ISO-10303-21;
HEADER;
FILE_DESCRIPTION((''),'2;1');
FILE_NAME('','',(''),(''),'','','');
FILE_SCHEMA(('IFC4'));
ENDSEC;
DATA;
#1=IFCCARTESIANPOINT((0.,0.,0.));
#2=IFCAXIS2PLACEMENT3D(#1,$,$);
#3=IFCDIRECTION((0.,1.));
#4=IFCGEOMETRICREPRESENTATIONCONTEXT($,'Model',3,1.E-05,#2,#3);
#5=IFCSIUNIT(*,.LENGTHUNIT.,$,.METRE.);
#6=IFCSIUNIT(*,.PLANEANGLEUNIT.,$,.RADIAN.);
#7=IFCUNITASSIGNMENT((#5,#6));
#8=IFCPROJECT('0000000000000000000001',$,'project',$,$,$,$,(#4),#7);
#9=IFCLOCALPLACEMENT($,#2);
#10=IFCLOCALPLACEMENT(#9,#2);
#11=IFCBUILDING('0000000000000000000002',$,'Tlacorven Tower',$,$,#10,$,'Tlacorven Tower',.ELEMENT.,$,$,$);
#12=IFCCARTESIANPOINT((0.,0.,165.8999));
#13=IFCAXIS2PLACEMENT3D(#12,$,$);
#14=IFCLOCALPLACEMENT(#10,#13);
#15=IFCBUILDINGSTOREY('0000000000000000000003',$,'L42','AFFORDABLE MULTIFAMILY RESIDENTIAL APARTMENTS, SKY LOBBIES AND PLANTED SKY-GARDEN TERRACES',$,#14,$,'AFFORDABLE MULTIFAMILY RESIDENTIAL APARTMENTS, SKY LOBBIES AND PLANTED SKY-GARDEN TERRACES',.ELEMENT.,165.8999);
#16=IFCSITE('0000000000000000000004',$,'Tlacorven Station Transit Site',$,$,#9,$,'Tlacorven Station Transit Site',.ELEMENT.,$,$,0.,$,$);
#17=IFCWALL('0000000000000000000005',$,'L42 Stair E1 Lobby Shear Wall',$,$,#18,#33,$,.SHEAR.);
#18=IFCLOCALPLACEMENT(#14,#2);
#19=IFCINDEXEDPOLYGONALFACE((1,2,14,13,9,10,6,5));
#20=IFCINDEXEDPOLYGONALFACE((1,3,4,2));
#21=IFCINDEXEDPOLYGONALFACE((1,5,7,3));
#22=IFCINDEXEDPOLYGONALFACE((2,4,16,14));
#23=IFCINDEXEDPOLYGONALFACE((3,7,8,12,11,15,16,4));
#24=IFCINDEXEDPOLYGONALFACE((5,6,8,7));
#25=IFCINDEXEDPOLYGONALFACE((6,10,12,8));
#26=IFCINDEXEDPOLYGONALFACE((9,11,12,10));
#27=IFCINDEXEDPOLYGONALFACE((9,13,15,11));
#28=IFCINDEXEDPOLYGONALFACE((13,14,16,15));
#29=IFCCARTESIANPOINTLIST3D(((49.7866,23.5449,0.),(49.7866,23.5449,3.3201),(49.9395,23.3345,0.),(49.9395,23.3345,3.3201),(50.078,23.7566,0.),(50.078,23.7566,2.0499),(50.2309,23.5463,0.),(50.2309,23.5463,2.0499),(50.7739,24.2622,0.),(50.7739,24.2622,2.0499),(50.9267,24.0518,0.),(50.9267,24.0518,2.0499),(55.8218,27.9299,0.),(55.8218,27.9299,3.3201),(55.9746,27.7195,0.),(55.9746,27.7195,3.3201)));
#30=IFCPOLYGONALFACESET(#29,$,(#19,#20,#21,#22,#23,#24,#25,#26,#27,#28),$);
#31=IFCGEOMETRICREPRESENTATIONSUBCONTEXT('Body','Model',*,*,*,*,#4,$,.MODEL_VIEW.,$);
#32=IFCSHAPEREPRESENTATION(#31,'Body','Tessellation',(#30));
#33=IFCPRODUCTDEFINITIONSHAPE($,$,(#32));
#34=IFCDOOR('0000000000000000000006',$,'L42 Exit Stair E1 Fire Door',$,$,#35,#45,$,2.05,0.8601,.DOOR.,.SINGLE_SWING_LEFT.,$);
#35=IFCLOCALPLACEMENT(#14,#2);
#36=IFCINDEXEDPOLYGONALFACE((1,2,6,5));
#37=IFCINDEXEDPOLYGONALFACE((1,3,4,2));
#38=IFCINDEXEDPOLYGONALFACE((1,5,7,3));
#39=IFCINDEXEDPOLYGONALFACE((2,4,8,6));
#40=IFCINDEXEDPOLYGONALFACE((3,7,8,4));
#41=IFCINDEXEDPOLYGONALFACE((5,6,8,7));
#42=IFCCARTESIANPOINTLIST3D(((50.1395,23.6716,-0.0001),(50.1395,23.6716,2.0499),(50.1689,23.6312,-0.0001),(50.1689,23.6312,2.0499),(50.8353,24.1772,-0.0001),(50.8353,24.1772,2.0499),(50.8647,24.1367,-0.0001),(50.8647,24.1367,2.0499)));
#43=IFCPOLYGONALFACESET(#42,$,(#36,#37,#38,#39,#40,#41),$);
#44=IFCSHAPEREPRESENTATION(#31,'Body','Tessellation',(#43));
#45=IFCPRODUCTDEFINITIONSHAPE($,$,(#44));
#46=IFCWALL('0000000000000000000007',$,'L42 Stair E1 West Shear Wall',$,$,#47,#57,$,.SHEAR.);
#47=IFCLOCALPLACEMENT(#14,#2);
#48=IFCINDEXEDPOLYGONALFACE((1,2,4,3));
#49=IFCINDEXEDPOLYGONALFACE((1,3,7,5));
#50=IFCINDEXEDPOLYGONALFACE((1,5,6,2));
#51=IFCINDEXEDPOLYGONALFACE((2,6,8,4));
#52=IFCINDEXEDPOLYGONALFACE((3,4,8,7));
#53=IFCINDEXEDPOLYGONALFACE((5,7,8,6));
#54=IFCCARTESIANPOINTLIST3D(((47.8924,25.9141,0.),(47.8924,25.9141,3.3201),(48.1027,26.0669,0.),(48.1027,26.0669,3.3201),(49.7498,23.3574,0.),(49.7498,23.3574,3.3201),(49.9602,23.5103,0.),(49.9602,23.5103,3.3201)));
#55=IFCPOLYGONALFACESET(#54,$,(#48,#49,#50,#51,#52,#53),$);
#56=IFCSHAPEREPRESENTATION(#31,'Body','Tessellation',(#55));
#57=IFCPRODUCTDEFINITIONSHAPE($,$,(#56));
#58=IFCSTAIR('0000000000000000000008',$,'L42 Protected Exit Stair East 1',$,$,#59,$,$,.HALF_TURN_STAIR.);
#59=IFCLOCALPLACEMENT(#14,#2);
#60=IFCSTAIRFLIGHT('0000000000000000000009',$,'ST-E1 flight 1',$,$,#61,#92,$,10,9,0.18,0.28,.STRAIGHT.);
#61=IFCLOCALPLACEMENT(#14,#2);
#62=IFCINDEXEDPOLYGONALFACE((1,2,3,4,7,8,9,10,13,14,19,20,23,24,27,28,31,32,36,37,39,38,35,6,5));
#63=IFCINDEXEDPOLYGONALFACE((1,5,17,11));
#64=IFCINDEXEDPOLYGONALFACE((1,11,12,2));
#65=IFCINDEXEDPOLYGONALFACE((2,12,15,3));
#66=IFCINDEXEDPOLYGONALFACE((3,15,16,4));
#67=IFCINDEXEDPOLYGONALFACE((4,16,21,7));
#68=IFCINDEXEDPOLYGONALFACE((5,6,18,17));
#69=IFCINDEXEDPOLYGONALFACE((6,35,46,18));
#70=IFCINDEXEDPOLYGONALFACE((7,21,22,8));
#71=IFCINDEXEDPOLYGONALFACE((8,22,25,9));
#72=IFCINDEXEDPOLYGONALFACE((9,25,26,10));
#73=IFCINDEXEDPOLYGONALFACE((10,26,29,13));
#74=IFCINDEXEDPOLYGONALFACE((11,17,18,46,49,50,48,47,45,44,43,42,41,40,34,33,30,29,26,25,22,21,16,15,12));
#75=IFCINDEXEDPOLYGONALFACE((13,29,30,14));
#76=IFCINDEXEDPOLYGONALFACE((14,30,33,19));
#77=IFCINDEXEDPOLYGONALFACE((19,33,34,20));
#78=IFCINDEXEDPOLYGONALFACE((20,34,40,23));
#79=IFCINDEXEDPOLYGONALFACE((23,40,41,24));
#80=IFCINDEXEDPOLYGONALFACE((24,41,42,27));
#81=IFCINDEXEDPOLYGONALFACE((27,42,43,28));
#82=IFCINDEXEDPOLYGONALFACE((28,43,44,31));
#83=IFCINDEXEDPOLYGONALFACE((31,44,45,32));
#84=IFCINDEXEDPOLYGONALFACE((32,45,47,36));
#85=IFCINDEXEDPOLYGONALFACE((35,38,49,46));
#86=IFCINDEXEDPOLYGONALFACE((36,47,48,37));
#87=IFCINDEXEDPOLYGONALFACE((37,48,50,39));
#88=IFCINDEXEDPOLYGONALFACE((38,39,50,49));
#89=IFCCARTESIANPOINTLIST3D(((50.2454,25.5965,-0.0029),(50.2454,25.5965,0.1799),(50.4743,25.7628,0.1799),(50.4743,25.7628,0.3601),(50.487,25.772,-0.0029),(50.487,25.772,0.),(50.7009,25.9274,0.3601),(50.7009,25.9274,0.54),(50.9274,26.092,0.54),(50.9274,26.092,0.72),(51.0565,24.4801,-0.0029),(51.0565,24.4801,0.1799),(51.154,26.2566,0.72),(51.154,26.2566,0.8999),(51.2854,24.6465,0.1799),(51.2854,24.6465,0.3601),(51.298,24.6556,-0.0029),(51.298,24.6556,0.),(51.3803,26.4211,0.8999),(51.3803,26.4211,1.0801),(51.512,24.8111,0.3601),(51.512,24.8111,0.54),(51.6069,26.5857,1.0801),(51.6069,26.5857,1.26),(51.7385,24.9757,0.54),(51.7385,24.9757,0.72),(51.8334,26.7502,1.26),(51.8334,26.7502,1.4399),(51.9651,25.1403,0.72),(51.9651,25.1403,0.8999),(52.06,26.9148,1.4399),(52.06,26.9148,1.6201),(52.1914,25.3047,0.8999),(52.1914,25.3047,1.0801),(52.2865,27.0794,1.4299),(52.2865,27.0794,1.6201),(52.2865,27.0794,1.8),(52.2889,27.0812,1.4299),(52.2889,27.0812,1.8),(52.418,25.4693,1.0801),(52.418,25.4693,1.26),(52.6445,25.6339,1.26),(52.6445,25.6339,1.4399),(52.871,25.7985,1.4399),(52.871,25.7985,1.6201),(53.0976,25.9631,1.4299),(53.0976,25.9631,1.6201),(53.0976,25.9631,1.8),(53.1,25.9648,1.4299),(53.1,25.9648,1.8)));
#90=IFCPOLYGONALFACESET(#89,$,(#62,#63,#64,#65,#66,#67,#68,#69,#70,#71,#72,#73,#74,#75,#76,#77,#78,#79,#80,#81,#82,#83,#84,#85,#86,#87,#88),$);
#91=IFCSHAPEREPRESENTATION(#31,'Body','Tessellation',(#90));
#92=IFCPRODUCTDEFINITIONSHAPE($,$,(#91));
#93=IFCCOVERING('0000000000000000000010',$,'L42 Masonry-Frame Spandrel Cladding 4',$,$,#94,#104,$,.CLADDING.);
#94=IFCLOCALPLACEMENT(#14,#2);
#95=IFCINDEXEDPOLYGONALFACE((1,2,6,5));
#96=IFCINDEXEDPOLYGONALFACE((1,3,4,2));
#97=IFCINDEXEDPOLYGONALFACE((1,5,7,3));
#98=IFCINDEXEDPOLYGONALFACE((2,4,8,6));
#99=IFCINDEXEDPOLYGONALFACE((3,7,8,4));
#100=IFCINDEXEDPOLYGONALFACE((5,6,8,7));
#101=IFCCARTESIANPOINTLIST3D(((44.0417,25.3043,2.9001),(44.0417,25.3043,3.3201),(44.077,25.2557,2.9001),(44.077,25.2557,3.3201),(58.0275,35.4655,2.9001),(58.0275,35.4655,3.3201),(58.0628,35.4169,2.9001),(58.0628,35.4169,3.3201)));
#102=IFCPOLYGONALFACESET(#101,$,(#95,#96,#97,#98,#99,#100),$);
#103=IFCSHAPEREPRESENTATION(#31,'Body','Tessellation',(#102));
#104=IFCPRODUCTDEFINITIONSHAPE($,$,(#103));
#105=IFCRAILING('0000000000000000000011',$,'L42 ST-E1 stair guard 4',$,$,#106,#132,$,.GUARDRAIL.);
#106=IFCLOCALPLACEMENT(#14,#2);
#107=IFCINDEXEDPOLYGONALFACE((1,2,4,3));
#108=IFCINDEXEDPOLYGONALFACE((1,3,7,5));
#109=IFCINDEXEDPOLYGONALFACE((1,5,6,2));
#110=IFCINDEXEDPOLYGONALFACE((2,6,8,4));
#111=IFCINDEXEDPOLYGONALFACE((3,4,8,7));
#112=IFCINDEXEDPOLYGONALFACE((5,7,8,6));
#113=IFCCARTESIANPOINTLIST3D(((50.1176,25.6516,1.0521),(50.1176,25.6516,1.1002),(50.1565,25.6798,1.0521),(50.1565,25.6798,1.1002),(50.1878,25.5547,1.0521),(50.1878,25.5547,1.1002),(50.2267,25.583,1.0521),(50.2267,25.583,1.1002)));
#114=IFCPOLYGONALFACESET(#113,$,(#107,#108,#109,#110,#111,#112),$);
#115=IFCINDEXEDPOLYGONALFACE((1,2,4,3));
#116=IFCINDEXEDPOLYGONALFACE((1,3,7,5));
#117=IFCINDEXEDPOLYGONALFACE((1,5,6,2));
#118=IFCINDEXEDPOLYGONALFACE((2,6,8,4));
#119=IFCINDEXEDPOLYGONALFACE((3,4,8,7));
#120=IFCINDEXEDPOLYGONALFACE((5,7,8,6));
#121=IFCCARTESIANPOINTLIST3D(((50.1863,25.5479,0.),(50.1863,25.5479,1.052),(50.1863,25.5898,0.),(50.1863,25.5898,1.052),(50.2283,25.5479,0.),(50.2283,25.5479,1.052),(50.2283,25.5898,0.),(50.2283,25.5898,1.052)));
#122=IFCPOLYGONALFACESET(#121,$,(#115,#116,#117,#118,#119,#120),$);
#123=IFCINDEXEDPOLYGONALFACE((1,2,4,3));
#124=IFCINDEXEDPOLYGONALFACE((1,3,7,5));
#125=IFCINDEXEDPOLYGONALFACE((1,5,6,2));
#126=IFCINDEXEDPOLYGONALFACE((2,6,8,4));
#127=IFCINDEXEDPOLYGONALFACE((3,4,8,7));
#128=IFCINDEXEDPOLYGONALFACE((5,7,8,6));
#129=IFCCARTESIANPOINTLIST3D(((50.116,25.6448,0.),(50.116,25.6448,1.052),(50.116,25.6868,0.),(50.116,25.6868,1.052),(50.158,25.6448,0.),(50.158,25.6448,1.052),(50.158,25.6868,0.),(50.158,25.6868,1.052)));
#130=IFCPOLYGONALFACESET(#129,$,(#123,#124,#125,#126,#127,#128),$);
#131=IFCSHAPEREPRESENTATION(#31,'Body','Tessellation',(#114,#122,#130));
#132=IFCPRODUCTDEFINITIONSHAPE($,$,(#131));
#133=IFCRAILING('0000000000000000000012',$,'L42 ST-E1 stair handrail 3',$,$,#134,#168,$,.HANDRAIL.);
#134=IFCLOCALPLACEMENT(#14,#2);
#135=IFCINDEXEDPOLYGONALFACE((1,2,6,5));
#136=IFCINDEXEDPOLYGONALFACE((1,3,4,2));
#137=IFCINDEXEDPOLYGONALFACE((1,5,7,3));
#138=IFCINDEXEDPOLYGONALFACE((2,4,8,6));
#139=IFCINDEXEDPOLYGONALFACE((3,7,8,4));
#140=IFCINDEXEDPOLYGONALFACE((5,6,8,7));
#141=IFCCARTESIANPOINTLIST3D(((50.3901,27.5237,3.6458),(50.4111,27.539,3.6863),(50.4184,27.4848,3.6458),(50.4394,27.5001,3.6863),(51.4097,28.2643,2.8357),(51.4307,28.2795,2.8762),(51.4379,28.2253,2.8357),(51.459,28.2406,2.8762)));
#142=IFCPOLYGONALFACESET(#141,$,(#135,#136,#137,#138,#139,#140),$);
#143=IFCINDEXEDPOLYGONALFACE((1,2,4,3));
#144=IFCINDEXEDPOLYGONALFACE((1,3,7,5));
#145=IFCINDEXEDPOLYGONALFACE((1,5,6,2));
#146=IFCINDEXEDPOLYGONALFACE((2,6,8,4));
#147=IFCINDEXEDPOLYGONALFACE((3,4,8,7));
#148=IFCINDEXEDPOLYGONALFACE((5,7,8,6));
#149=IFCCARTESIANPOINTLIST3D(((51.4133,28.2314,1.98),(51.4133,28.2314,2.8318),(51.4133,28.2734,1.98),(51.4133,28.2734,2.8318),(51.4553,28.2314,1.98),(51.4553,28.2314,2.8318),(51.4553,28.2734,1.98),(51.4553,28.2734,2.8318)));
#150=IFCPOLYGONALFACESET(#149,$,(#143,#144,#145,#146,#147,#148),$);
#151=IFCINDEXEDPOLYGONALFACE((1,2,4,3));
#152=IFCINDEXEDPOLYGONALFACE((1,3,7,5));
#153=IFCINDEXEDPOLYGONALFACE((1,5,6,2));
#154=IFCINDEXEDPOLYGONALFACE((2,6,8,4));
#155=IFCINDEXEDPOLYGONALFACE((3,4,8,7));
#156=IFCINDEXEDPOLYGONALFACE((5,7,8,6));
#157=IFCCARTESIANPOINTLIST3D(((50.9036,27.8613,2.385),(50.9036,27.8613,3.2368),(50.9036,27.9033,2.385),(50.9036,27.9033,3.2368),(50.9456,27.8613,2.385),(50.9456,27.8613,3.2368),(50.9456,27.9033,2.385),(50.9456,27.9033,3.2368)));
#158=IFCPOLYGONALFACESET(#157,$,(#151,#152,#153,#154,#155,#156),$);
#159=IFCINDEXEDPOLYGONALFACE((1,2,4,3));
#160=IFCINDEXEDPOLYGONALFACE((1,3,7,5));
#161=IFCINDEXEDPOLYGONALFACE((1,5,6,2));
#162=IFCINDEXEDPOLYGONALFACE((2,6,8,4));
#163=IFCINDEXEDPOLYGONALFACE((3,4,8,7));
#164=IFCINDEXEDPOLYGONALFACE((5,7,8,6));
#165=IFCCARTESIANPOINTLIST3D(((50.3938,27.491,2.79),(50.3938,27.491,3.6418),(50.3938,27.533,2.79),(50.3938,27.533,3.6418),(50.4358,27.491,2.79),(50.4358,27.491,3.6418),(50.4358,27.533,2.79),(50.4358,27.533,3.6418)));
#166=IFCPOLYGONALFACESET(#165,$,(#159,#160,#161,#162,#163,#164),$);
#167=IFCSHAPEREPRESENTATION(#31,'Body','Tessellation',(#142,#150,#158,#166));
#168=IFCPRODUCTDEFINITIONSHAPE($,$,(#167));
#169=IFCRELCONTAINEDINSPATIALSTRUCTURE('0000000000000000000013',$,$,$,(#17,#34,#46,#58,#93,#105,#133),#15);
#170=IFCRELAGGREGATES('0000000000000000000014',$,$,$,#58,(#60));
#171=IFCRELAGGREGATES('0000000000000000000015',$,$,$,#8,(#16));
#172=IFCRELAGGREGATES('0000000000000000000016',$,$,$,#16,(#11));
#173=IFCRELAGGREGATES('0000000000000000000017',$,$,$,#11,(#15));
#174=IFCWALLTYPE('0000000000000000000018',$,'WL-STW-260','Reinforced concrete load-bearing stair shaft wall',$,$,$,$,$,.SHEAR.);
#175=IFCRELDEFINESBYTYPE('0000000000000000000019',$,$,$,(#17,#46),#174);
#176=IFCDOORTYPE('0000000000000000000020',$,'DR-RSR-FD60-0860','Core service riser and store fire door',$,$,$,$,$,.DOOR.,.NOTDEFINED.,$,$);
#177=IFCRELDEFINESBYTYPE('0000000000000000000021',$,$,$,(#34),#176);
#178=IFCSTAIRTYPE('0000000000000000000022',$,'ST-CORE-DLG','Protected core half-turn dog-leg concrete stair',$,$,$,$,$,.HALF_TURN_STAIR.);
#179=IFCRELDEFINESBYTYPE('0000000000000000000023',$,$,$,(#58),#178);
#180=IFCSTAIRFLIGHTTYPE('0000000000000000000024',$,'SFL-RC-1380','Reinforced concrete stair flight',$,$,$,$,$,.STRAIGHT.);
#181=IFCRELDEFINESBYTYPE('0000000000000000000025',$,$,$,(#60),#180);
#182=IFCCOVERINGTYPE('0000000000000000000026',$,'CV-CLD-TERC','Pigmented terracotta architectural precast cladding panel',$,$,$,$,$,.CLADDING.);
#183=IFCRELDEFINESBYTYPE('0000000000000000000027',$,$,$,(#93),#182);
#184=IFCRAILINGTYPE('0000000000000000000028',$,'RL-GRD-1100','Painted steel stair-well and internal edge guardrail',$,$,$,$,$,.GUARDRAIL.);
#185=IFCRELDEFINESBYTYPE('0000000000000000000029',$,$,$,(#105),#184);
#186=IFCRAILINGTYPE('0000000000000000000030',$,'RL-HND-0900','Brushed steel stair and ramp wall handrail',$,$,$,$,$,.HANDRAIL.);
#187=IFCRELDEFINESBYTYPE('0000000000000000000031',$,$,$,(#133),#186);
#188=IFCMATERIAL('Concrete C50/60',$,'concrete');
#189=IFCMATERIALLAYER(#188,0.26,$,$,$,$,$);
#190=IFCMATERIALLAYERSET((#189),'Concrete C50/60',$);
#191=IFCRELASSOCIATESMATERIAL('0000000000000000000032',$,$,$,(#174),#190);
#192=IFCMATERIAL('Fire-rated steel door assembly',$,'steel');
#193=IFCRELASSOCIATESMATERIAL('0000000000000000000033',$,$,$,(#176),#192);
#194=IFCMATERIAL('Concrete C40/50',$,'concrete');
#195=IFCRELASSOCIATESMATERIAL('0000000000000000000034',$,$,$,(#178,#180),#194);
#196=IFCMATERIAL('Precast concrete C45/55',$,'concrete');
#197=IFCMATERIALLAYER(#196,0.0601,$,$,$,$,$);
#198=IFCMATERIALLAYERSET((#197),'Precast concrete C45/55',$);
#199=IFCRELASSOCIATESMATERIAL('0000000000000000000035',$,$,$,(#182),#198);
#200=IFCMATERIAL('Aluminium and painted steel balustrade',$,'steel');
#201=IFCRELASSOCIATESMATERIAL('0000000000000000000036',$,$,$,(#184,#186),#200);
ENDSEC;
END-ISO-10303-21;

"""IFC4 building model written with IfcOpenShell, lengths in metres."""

from ifc_helpers import new_model, si_unit, direction, frame, frame_2d, origin, origin_2d, place, context, subcontext, project, spatial, polyline, rectangle, outline, extrude, source, transform, mapped, material, layer, layer_set, type_object, element, fill, aggregate, save


model = new_model("IFC4")

# Units and contexts
model_context = context("Model", 3, precision=1e-05, world=origin(), true_north=direction((0.0, 1.0)))
body_context = subcontext(model_context, "Body", "Model", "MODEL_VIEW")
ifc_project = project(units=[si_unit("LENGTHUNIT", "METRE"), si_unit("PLANEANGLEUNIT", "RADIAN")], contexts=[model_context])

# Site, building, storey
site_placement = place(None, origin())
site = spatial("IfcSite", under=ifc_project, at=site_placement, Name="Tlacorven Station Transit Site", LongName="Tlacorven Station Transit Site", CompositionType="ELEMENT", RefElevation=0.0)
building_placement = place(site_placement, origin())
building = spatial("IfcBuilding", under=site, at=building_placement, Name="Tlacorven Tower", LongName="Tlacorven Tower", CompositionType="ELEMENT")
storey_placement = place(building_placement, frame((0.0, 0.0, 165.8999)))
storey = spatial("IfcBuildingStorey", under=building, at=storey_placement, Name="L42", Description="AFFORDABLE MULTIFAMILY RESIDENTIAL APARTMENTS, SKY LOBBIES AND PLANTED SKY-GARDEN TERRACES", LongName="AFFORDABLE MULTIFAMILY RESIDENTIAL APARTMENTS, SKY LOBBIES AND PLANTED SKY-GARDEN TERRACES", CompositionType="ELEMENT", Elevation=165.8999)

# Shared definitions
ifc_material_1 = material(Name="Precast concrete C45/55", Category="concrete")

# Shared definitions
ifc_material_2 = material(Name="Concrete C40/50", Category="concrete")
ifc_material_3 = material(Name="Fire-rated steel door assembly", Category="steel")

# Shared definitions
ifc_material_4 = material(Name="Concrete C50/60", Category="concrete")
ifc_layer_1 = layer(ifc_material_4, 0.26)
ifc_layer_set_1 = layer_set([ifc_layer_1], Name="Concrete C50/60")
wall_type_1 = type_object("IfcWallType", Name="WL-STW-260", Description="Reinforced concrete load-bearing stair shaft wall", PredefinedType="SHEAR", material=ifc_layer_set_1)

# Wall, opening, door
wall_1_placement = place(storey_placement, frame((49.863, 23.4397, 0.0), z_axis=(0.0, 0.0, 1.0), x_axis=(0.809003, 0.587804, 0.0)))
wall_1 = element("IfcWall", 1, at=wall_1_placement, inside=storey, type_object=wall_type_1, Name="L42 Stair E1 Lobby Shear Wall", PredefinedType="SHEAR", context=body_context, shape_type="SweptSolid", body=[
    extrude(rectangle(XDim=7.46, YDim=0.26, at=frame_2d((3.73, 0.0))), origin(), (0.0, 0.0, 1.0), 3.3201),
])
opening_1_placement = place(wall_1_placement, frame((0.3601, 0.0, 0.0)))
opening_1 = element("IfcOpeningElement", 2, at=opening_1_placement, cuts=wall_1, PredefinedType="OPENING", context=body_context, shape_type="SweptSolid", body=[
    extrude(rectangle(XDim=0.8601, YDim=2.05, at=frame_2d((0.4302, 1.0249))), frame((0.0, 0.1401, 0.0), z_axis=(0.0, -1.0, 0.0), x_axis=(1.0, 0.0, 0.0)), (0.0, 0.0, 1.0), 0.28),
])
door_type_1 = type_object("IfcDoorType", Name="DR-RSR-FD60-0860", Description="Core service riser and store fire door", OperationType="NOTDEFINED", PredefinedType="DOOR", material=ifc_material_3)
shared_shape_1 = source(origin(), body_context, "Body", "SweptSolid", [
    extrude(rectangle(XDim=0.8601, YDim=2.05, at=frame_2d((0.4302, 1.0249))), frame((0.0, 0.0249, 0.0), z_axis=(0.0, -1.0, 0.0), x_axis=(1.0, 0.0, 0.0)), (0.0, 0.0, 1.0), 0.05),
])
door_1_placement = place(opening_1_placement, frame((0.8601, 0.0, 0.0), z_axis=(0.0, 0.0, 1.0), x_axis=(-1.0, 0.0, 0.0)))
door_1 = element("IfcDoor", 3, at=door_1_placement, inside=storey, type_object=door_type_1, Name="L42 Exit Stair E1 Fire Door", OperationType="SINGLE_SWING_LEFT", OverallHeight=2.05, OverallWidth=0.8601, PredefinedType="DOOR", context=body_context, shape_type="MappedRepresentation", body=[
    mapped(shared_shape_1, transform((0.0, 0.0, 0.0), scale=1.0)),
])
fill(opening_1, door_1)

# Wall
wall_2_placement = place(storey_placement, frame((49.855, 23.4338, 0.0), z_axis=(0.0, 0.0, 1.0), x_axis=(-0.587767, 0.80903, 0.0)))
element("IfcWall", 4, at=wall_2_placement, inside=storey, type_object=wall_type_1, Name="L42 Stair E1 West Shear Wall", PredefinedType="SHEAR", context=body_context, shape_type="SweptSolid", body=[
    extrude(rectangle(XDim=3.1602, YDim=0.26, at=frame_2d((1.5801, 0.0))), origin(), (0.0, 0.0, 1.0), 3.3201),
])

# Stair, stair flight
stair_type = type_object("IfcStairType", Name="ST-CORE-DLG", Description="Protected core half-turn dog-leg concrete stair", PredefinedType="HALF_TURN_STAIR", material=ifc_material_2)
stair_placement = place(storey_placement, origin())
stair = element("IfcStair", 5, at=stair_placement, inside=storey, type_object=stair_type, Name="L42 Protected Exit Stair East 1", PredefinedType="HALF_TURN_STAIR")
stair_flight_type = type_object("IfcStairFlightType", Name="SFL-RC-1380", Description="Reinforced concrete stair flight", PredefinedType="STRAIGHT", material=ifc_material_2)
shared_shape_2 = source(origin(), body_context, "Body", "SweptSolid", [
    extrude(outline(polyline([(-0.0029, -0.0029), (-0.0029, 0.1799), (0.28, 0.1799), (0.28, 0.3601), (0.5601, 0.3601), (0.5601, 0.54), (0.8401, 0.54), (0.8401, 0.72), (1.1201, 0.72), (1.1201, 0.8999), (1.3999, 0.8999), (1.3999, 1.0801), (1.6799, 1.0801), (1.6799, 1.26), (1.96, 1.26), (1.96, 1.4399), (2.24, 1.4399), (2.24, 1.6201), (2.52, 1.6201), (2.52, 1.8), (2.5229, 1.8), (2.5229, 1.4299), (2.52, 1.4299), (0.2957, 0.0), (0.2957, -0.0029), (-0.0029, -0.0029)])), frame((0.0, 0.6899, 0.0), z_axis=(0.0, -1.0, 0.0), x_axis=(1.0, 0.0, 0.0)), (0.0, 0.0, 1.0), 1.3799),
])
stair_flight_placement = place(storey_placement, frame((50.6533, 25.04, 0.0), z_axis=(0.0, 0.0, 1.0), x_axis=(0.809017, 0.587785, 0.0)))
stair_flight = element("IfcStairFlight", 6, at=stair_flight_placement, type_object=stair_flight_type, Name="ST-E1 flight 1", NumberOfRisers=10, NumberOfTreads=9, PredefinedType="STRAIGHT", RiserHeight=0.18, TreadLength=0.28, context=body_context, shape_type="MappedRepresentation", body=[
    mapped(shared_shape_2, transform((0.0, 0.0, 0.0), scale=1.0)),
])
aggregate(stair, [stair_flight])

# Covering
ifc_layer_2 = layer(ifc_material_1, 0.0601)
ifc_layer_set_2 = layer_set([ifc_layer_2], Name="Precast concrete C45/55")
covering_type = type_object("IfcCoveringType", Name="CV-CLD-TERC", Description="Pigmented terracotta architectural precast cladding panel", PredefinedType="CLADDING", material=ifc_layer_set_2)
shared_shape_3 = source(origin(), body_context, "Body", "SweptSolid", [
    extrude(rectangle(XDim=17.2874, YDim=0.0601, at=origin_2d()), origin(), (0.0, 0.0, 1.0), 0.4199),
])
covering_placement = place(storey_placement, frame((51.0522, 30.3606, 2.9001), z_axis=(0.0, 0.0, 1.0), x_axis=(0.809017, 0.587785, 0.0)))
element("IfcCovering", 7, at=covering_placement, inside=storey, type_object=covering_type, Name="L42 Masonry-Frame Spandrel Cladding 4", PredefinedType="CLADDING", context=body_context, shape_type="MappedRepresentation", body=[
    mapped(shared_shape_3, transform((0.0, 0.0, 0.0), scale=1.0)),
])

# Railings
ifc_material_5 = material(Name="Aluminium and painted steel balustrade", Category="steel")
railing_type_1 = type_object("IfcRailingType", Name="RL-GRD-1100", Description="Painted steel stair-well and internal edge guardrail", PredefinedType="GUARDRAIL", material=ifc_material_5)
shared_shape_4 = source(origin(), body_context, "Body", "SweptSolid", [
    extrude(rectangle(XDim=0.0481, YDim=0.0481, at=origin_2d()), frame((0.0, 0.0, 1.0762), z_axis=(-0.587201, 0.809441, 0.0), x_axis=(-0.809441, -0.587201, 0.0)), (0.0, 0.0, 1.0), 0.1196),
    extrude(rectangle(XDim=0.042, YDim=0.042, at=origin_2d()), origin(), (0.0, 0.0, 1.0), 1.052),
    extrude(rectangle(XDim=0.042, YDim=0.042, at=origin_2d()), frame((-0.0703, 0.0969, 0.0)), (0.0, 0.0, 1.0), 1.052),
])
railing_1_placement = place(storey_placement, frame((50.2073, 25.5688, 0.0)))
element("IfcRailing", 8, at=railing_1_placement, inside=storey, type_object=railing_type_1, Name="L42 ST-E1 stair guard 4", PredefinedType="GUARDRAIL", context=body_context, shape_type="MappedRepresentation", body=[
    mapped(shared_shape_4, transform((0.0, 0.0, 0.0), scale=1.0)),
])
railing_type_2 = type_object("IfcRailingType", Name="RL-HND-0900", Description="Brushed steel stair and ramp wall handrail", PredefinedType="HANDRAIL", material=ifc_material_5)
shared_shape_5 = source(origin(), body_context, "Body", "SweptSolid", [
    extrude(rectangle(XDim=0.0481, YDim=0.0481, at=origin_2d()), frame((0.0, 0.0, 0.876), z_axis=(-0.680604, -0.494318, 0.540767), x_axis=(0.587653, -0.809113, 0.0)), (0.0, 0.0, 1.0), 1.498),
    extrude(rectangle(XDim=0.042, YDim=0.042, at=origin_2d()), origin(), (0.0, 0.0, 1.0), 0.8518),
    extrude(rectangle(XDim=0.042, YDim=0.042, at=origin_2d()), frame((-0.5098, -0.3701, 0.405)), (0.0, 0.0, 1.0), 0.8518),
    extrude(rectangle(XDim=0.042, YDim=0.042, at=origin_2d()), frame((-1.0195, -0.7405, 0.8101)), (0.0, 0.0, 1.0), 0.8518),
])
railing_2_placement = place(storey_placement, frame((51.4343, 28.2524, 1.98)))
element("IfcRailing", 9, at=railing_2_placement, inside=storey, type_object=railing_type_2, Name="L42 ST-E1 stair handrail 3", PredefinedType="HANDRAIL", context=body_context, shape_type="MappedRepresentation", body=[
    mapped(shared_shape_5, transform((0.0, 0.0, 0.0), scale=1.0)),
])

save(model, "model.ifc")
